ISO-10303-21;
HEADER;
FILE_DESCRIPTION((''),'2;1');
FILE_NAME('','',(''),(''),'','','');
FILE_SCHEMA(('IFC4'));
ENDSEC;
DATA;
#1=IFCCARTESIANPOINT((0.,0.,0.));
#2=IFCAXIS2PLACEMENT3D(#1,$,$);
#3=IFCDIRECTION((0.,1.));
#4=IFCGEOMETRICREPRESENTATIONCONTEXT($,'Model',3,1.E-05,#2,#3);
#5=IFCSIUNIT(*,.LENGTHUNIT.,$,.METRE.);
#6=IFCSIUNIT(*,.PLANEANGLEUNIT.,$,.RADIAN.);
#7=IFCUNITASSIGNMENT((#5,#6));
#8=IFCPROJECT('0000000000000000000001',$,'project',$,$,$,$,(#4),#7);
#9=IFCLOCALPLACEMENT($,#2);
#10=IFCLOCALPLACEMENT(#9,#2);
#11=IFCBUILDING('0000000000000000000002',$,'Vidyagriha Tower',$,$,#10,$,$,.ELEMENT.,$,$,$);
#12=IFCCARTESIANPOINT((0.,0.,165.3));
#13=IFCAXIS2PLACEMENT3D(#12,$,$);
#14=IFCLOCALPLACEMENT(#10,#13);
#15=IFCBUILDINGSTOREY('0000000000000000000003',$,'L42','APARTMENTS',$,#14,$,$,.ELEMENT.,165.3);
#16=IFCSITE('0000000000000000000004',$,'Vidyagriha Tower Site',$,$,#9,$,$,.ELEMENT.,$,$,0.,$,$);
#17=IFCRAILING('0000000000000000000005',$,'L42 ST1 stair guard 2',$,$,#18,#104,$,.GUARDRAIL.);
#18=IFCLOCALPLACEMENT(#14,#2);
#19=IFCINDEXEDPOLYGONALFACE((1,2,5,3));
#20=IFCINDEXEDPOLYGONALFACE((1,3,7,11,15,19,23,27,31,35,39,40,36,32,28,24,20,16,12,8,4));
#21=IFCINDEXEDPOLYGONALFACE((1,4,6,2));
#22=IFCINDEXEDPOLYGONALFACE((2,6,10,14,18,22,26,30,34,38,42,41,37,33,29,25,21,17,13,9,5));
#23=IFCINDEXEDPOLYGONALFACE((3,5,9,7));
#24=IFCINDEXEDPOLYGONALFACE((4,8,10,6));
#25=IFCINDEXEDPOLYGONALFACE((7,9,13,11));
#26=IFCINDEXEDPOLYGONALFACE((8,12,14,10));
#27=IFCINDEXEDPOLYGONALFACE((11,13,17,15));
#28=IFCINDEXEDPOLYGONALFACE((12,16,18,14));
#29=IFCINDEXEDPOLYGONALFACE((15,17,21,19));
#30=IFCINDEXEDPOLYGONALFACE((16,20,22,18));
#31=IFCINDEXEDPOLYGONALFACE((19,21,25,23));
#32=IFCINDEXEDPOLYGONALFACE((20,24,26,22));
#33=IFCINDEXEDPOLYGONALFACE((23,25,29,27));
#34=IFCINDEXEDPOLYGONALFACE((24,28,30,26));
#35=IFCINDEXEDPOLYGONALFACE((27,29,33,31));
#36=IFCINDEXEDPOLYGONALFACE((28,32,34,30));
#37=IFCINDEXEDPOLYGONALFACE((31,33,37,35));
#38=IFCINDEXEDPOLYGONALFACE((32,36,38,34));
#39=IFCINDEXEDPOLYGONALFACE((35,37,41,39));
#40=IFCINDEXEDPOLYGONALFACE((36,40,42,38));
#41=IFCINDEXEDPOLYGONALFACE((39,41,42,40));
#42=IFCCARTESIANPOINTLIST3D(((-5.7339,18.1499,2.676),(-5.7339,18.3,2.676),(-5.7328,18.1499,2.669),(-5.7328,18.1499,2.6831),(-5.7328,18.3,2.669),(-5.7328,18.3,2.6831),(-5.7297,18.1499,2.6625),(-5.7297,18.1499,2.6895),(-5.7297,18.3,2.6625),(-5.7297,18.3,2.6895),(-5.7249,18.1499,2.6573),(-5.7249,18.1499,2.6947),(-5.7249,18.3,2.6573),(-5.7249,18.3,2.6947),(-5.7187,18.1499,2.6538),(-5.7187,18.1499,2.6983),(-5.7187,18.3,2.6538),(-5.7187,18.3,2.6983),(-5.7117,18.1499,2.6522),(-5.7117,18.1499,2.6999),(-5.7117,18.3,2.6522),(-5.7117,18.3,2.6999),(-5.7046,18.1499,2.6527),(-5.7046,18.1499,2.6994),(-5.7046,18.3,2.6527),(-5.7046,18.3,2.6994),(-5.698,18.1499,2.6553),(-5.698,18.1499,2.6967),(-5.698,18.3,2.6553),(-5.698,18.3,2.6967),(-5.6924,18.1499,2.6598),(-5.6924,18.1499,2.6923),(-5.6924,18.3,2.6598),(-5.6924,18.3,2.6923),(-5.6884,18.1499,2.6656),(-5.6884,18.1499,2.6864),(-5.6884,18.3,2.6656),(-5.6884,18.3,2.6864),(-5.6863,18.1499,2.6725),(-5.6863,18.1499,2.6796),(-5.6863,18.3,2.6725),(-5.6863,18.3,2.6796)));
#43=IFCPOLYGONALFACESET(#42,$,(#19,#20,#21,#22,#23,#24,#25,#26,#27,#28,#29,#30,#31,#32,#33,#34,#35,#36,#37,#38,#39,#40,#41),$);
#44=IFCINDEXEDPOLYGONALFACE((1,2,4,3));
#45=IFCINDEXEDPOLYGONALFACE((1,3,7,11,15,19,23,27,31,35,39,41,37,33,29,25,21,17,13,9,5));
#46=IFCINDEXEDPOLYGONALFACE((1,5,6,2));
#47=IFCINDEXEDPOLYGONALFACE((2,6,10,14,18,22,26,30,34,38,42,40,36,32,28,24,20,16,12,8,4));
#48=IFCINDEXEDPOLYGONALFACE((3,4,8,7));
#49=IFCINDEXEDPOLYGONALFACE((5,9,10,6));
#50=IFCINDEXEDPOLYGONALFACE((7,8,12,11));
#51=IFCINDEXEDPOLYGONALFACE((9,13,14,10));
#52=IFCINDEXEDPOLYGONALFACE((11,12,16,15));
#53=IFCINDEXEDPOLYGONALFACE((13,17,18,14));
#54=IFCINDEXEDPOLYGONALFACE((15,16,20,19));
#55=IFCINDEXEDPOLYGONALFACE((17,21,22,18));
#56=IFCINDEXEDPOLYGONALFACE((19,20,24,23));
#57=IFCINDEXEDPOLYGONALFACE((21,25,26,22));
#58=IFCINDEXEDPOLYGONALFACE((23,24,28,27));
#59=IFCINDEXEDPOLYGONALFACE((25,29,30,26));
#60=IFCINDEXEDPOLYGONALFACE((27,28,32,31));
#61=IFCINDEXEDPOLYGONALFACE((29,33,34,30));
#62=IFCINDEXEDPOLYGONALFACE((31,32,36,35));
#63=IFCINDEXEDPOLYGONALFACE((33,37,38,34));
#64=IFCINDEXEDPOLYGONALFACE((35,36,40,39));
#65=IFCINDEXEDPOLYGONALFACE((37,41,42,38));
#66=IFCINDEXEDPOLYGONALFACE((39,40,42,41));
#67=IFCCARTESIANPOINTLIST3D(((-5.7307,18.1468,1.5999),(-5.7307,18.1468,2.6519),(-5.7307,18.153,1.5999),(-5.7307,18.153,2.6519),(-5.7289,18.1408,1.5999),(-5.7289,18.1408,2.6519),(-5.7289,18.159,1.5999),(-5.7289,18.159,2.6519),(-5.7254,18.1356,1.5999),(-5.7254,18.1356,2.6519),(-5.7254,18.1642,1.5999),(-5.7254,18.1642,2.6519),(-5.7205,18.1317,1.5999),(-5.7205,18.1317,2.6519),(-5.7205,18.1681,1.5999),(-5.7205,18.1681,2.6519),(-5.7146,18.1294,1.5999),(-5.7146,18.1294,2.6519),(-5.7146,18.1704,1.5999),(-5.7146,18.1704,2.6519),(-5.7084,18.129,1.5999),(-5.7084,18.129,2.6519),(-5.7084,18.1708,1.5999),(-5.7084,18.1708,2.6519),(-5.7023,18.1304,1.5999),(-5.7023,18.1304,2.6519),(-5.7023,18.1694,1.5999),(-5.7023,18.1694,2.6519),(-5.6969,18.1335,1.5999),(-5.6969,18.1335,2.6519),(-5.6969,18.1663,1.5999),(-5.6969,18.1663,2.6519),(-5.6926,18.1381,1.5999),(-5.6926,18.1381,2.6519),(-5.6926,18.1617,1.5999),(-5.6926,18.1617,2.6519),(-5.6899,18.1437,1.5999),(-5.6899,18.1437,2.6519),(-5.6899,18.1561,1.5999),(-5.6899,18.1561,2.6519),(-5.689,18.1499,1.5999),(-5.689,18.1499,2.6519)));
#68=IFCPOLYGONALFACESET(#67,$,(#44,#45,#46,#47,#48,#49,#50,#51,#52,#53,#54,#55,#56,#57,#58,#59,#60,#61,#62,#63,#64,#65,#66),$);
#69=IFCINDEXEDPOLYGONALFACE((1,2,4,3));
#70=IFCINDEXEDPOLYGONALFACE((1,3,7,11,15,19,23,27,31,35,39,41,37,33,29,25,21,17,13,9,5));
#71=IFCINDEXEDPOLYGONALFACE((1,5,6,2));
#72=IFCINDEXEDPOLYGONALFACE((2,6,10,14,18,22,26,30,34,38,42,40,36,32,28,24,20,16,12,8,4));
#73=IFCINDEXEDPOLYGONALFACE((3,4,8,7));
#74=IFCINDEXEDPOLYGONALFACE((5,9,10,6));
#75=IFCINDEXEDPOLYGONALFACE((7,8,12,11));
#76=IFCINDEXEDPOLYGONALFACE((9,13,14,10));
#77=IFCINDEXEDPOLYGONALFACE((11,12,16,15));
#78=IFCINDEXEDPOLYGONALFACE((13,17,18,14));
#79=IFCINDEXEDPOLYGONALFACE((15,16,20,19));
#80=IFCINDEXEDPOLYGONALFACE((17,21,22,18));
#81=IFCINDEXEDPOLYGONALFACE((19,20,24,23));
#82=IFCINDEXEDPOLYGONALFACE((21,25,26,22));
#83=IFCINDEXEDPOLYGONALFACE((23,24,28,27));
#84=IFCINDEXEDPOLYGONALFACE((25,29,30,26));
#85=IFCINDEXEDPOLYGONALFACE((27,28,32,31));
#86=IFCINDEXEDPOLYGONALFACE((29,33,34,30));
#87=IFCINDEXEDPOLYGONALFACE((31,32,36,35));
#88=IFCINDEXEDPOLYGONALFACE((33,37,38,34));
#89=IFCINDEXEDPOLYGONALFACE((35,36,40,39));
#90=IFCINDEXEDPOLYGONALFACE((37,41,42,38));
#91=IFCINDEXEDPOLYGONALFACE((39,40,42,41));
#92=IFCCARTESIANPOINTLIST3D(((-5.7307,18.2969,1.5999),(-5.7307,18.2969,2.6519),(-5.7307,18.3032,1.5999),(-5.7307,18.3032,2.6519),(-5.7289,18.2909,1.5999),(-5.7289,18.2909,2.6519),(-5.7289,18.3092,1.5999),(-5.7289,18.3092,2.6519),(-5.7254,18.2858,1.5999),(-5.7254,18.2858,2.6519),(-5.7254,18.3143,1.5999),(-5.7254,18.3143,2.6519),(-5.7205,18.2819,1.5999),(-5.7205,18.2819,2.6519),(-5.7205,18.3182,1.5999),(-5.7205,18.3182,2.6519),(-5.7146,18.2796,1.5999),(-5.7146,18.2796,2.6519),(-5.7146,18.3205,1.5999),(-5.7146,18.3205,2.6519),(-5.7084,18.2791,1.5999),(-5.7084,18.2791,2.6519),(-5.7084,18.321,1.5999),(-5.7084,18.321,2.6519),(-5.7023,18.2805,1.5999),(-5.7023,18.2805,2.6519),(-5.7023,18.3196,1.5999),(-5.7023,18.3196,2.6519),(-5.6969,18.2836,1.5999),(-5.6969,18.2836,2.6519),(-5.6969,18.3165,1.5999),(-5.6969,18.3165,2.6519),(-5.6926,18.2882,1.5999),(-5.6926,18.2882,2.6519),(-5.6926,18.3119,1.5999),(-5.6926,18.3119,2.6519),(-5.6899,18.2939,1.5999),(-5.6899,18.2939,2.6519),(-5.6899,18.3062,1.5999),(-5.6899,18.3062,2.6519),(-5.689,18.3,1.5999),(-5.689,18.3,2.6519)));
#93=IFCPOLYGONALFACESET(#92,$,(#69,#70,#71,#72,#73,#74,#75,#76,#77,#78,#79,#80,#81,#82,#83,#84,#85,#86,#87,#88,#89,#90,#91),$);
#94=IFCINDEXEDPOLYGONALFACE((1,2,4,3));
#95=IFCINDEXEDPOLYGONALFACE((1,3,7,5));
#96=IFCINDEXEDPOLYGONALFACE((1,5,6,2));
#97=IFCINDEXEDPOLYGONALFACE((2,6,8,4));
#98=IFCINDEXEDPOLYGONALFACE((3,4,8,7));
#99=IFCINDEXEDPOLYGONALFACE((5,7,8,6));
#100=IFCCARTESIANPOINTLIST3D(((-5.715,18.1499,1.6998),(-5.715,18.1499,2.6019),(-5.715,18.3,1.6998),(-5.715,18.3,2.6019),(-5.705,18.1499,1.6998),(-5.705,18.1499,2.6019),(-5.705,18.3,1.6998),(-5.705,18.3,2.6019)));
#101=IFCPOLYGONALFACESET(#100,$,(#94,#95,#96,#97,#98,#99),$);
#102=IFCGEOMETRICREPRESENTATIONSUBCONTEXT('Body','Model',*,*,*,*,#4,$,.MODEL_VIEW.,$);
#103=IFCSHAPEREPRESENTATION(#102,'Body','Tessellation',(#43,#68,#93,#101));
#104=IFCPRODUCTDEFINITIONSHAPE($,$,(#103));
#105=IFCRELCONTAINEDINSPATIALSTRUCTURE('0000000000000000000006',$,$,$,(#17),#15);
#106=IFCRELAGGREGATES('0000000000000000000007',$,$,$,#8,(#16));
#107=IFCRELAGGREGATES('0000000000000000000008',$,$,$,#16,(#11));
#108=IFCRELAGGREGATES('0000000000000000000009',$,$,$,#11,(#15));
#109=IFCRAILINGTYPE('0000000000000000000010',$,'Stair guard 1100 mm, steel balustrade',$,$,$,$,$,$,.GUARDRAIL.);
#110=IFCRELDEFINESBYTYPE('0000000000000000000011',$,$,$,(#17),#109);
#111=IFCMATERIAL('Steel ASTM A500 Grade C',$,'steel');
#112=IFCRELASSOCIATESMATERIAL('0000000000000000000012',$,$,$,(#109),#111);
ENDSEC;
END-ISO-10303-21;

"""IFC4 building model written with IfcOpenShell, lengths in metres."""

from ifc_helpers import new_model, si_unit, direction, frame, origin, origin_2d, place, context, subcontext, project, spatial, rectangle, circle, extrude, material, type_object, element, save


model = new_model("IFC4")

# Units and contexts
model_context = context("Model", 3, precision=1e-05, world=origin(), true_north=direction((0.0, 1.0)))
body_context = subcontext(model_context, "Body", "Model", "MODEL_VIEW")
ifc_project = project(units=[si_unit("LENGTHUNIT", "METRE"), si_unit("PLANEANGLEUNIT", "RADIAN")], contexts=[model_context])

# Site, building, storey
site_placement = place(None, origin())
site = spatial("IfcSite", under=ifc_project, at=site_placement, Name="Vidyagriha Tower Site", CompositionType="ELEMENT", RefElevation=0.0)
building_placement = place(site_placement, origin())
building = spatial("IfcBuilding", under=site, at=building_placement, Name="Vidyagriha Tower", CompositionType="ELEMENT")
storey_placement = place(building_placement, frame((0.0, 0.0, 165.3)))
storey = spatial("IfcBuildingStorey", under=building, at=storey_placement, Name="L42", Description="APARTMENTS", CompositionType="ELEMENT", Elevation=165.3)

# Railing
ifc_material_1 = material(Name="Steel ASTM A500 Grade C", Category="steel")
railing_type_1 = type_object("IfcRailingType", Name="Stair guard 1100 mm, steel balustrade", PredefinedType="GUARDRAIL", material=ifc_material_1)
railing_1_placement = place(storey_placement, frame((-5.71, 18.1499, 1.5999)))
element("IfcRailing", 1, at=railing_1_placement, inside=storey, type_object=railing_type_1, Name="L42 ST1 stair guard 2", PredefinedType="GUARDRAIL", context=body_context, shape_type="SweptSolid", body=[
    extrude(circle(Radius=0.0239, at=origin_2d()), frame((0.0, 0.0, 1.0762), z_axis=(0.0, 1.0, 0.0), x_axis=(-1.0, 0.0, 0.0)), (0.0, 0.0, 1.0), 0.1501),
    extrude(circle(Radius=0.021, at=origin_2d()), origin(), (0.0, 0.0, 1.0), 1.052),
    extrude(circle(Radius=0.021, at=origin_2d()), frame((0.0, 0.1501, 0.0)), (0.0, 0.0, 1.0), 1.052),
    extrude(rectangle(XDim=0.01, YDim=0.9021, at=origin_2d()), frame((0.0, 0.0, 0.551), z_axis=(0.0, 1.0, 0.0), x_axis=(-1.0, 0.0, 0.0)), (0.0, 0.0, 1.0), 0.1501),
])

save(model, "model.ifc")
